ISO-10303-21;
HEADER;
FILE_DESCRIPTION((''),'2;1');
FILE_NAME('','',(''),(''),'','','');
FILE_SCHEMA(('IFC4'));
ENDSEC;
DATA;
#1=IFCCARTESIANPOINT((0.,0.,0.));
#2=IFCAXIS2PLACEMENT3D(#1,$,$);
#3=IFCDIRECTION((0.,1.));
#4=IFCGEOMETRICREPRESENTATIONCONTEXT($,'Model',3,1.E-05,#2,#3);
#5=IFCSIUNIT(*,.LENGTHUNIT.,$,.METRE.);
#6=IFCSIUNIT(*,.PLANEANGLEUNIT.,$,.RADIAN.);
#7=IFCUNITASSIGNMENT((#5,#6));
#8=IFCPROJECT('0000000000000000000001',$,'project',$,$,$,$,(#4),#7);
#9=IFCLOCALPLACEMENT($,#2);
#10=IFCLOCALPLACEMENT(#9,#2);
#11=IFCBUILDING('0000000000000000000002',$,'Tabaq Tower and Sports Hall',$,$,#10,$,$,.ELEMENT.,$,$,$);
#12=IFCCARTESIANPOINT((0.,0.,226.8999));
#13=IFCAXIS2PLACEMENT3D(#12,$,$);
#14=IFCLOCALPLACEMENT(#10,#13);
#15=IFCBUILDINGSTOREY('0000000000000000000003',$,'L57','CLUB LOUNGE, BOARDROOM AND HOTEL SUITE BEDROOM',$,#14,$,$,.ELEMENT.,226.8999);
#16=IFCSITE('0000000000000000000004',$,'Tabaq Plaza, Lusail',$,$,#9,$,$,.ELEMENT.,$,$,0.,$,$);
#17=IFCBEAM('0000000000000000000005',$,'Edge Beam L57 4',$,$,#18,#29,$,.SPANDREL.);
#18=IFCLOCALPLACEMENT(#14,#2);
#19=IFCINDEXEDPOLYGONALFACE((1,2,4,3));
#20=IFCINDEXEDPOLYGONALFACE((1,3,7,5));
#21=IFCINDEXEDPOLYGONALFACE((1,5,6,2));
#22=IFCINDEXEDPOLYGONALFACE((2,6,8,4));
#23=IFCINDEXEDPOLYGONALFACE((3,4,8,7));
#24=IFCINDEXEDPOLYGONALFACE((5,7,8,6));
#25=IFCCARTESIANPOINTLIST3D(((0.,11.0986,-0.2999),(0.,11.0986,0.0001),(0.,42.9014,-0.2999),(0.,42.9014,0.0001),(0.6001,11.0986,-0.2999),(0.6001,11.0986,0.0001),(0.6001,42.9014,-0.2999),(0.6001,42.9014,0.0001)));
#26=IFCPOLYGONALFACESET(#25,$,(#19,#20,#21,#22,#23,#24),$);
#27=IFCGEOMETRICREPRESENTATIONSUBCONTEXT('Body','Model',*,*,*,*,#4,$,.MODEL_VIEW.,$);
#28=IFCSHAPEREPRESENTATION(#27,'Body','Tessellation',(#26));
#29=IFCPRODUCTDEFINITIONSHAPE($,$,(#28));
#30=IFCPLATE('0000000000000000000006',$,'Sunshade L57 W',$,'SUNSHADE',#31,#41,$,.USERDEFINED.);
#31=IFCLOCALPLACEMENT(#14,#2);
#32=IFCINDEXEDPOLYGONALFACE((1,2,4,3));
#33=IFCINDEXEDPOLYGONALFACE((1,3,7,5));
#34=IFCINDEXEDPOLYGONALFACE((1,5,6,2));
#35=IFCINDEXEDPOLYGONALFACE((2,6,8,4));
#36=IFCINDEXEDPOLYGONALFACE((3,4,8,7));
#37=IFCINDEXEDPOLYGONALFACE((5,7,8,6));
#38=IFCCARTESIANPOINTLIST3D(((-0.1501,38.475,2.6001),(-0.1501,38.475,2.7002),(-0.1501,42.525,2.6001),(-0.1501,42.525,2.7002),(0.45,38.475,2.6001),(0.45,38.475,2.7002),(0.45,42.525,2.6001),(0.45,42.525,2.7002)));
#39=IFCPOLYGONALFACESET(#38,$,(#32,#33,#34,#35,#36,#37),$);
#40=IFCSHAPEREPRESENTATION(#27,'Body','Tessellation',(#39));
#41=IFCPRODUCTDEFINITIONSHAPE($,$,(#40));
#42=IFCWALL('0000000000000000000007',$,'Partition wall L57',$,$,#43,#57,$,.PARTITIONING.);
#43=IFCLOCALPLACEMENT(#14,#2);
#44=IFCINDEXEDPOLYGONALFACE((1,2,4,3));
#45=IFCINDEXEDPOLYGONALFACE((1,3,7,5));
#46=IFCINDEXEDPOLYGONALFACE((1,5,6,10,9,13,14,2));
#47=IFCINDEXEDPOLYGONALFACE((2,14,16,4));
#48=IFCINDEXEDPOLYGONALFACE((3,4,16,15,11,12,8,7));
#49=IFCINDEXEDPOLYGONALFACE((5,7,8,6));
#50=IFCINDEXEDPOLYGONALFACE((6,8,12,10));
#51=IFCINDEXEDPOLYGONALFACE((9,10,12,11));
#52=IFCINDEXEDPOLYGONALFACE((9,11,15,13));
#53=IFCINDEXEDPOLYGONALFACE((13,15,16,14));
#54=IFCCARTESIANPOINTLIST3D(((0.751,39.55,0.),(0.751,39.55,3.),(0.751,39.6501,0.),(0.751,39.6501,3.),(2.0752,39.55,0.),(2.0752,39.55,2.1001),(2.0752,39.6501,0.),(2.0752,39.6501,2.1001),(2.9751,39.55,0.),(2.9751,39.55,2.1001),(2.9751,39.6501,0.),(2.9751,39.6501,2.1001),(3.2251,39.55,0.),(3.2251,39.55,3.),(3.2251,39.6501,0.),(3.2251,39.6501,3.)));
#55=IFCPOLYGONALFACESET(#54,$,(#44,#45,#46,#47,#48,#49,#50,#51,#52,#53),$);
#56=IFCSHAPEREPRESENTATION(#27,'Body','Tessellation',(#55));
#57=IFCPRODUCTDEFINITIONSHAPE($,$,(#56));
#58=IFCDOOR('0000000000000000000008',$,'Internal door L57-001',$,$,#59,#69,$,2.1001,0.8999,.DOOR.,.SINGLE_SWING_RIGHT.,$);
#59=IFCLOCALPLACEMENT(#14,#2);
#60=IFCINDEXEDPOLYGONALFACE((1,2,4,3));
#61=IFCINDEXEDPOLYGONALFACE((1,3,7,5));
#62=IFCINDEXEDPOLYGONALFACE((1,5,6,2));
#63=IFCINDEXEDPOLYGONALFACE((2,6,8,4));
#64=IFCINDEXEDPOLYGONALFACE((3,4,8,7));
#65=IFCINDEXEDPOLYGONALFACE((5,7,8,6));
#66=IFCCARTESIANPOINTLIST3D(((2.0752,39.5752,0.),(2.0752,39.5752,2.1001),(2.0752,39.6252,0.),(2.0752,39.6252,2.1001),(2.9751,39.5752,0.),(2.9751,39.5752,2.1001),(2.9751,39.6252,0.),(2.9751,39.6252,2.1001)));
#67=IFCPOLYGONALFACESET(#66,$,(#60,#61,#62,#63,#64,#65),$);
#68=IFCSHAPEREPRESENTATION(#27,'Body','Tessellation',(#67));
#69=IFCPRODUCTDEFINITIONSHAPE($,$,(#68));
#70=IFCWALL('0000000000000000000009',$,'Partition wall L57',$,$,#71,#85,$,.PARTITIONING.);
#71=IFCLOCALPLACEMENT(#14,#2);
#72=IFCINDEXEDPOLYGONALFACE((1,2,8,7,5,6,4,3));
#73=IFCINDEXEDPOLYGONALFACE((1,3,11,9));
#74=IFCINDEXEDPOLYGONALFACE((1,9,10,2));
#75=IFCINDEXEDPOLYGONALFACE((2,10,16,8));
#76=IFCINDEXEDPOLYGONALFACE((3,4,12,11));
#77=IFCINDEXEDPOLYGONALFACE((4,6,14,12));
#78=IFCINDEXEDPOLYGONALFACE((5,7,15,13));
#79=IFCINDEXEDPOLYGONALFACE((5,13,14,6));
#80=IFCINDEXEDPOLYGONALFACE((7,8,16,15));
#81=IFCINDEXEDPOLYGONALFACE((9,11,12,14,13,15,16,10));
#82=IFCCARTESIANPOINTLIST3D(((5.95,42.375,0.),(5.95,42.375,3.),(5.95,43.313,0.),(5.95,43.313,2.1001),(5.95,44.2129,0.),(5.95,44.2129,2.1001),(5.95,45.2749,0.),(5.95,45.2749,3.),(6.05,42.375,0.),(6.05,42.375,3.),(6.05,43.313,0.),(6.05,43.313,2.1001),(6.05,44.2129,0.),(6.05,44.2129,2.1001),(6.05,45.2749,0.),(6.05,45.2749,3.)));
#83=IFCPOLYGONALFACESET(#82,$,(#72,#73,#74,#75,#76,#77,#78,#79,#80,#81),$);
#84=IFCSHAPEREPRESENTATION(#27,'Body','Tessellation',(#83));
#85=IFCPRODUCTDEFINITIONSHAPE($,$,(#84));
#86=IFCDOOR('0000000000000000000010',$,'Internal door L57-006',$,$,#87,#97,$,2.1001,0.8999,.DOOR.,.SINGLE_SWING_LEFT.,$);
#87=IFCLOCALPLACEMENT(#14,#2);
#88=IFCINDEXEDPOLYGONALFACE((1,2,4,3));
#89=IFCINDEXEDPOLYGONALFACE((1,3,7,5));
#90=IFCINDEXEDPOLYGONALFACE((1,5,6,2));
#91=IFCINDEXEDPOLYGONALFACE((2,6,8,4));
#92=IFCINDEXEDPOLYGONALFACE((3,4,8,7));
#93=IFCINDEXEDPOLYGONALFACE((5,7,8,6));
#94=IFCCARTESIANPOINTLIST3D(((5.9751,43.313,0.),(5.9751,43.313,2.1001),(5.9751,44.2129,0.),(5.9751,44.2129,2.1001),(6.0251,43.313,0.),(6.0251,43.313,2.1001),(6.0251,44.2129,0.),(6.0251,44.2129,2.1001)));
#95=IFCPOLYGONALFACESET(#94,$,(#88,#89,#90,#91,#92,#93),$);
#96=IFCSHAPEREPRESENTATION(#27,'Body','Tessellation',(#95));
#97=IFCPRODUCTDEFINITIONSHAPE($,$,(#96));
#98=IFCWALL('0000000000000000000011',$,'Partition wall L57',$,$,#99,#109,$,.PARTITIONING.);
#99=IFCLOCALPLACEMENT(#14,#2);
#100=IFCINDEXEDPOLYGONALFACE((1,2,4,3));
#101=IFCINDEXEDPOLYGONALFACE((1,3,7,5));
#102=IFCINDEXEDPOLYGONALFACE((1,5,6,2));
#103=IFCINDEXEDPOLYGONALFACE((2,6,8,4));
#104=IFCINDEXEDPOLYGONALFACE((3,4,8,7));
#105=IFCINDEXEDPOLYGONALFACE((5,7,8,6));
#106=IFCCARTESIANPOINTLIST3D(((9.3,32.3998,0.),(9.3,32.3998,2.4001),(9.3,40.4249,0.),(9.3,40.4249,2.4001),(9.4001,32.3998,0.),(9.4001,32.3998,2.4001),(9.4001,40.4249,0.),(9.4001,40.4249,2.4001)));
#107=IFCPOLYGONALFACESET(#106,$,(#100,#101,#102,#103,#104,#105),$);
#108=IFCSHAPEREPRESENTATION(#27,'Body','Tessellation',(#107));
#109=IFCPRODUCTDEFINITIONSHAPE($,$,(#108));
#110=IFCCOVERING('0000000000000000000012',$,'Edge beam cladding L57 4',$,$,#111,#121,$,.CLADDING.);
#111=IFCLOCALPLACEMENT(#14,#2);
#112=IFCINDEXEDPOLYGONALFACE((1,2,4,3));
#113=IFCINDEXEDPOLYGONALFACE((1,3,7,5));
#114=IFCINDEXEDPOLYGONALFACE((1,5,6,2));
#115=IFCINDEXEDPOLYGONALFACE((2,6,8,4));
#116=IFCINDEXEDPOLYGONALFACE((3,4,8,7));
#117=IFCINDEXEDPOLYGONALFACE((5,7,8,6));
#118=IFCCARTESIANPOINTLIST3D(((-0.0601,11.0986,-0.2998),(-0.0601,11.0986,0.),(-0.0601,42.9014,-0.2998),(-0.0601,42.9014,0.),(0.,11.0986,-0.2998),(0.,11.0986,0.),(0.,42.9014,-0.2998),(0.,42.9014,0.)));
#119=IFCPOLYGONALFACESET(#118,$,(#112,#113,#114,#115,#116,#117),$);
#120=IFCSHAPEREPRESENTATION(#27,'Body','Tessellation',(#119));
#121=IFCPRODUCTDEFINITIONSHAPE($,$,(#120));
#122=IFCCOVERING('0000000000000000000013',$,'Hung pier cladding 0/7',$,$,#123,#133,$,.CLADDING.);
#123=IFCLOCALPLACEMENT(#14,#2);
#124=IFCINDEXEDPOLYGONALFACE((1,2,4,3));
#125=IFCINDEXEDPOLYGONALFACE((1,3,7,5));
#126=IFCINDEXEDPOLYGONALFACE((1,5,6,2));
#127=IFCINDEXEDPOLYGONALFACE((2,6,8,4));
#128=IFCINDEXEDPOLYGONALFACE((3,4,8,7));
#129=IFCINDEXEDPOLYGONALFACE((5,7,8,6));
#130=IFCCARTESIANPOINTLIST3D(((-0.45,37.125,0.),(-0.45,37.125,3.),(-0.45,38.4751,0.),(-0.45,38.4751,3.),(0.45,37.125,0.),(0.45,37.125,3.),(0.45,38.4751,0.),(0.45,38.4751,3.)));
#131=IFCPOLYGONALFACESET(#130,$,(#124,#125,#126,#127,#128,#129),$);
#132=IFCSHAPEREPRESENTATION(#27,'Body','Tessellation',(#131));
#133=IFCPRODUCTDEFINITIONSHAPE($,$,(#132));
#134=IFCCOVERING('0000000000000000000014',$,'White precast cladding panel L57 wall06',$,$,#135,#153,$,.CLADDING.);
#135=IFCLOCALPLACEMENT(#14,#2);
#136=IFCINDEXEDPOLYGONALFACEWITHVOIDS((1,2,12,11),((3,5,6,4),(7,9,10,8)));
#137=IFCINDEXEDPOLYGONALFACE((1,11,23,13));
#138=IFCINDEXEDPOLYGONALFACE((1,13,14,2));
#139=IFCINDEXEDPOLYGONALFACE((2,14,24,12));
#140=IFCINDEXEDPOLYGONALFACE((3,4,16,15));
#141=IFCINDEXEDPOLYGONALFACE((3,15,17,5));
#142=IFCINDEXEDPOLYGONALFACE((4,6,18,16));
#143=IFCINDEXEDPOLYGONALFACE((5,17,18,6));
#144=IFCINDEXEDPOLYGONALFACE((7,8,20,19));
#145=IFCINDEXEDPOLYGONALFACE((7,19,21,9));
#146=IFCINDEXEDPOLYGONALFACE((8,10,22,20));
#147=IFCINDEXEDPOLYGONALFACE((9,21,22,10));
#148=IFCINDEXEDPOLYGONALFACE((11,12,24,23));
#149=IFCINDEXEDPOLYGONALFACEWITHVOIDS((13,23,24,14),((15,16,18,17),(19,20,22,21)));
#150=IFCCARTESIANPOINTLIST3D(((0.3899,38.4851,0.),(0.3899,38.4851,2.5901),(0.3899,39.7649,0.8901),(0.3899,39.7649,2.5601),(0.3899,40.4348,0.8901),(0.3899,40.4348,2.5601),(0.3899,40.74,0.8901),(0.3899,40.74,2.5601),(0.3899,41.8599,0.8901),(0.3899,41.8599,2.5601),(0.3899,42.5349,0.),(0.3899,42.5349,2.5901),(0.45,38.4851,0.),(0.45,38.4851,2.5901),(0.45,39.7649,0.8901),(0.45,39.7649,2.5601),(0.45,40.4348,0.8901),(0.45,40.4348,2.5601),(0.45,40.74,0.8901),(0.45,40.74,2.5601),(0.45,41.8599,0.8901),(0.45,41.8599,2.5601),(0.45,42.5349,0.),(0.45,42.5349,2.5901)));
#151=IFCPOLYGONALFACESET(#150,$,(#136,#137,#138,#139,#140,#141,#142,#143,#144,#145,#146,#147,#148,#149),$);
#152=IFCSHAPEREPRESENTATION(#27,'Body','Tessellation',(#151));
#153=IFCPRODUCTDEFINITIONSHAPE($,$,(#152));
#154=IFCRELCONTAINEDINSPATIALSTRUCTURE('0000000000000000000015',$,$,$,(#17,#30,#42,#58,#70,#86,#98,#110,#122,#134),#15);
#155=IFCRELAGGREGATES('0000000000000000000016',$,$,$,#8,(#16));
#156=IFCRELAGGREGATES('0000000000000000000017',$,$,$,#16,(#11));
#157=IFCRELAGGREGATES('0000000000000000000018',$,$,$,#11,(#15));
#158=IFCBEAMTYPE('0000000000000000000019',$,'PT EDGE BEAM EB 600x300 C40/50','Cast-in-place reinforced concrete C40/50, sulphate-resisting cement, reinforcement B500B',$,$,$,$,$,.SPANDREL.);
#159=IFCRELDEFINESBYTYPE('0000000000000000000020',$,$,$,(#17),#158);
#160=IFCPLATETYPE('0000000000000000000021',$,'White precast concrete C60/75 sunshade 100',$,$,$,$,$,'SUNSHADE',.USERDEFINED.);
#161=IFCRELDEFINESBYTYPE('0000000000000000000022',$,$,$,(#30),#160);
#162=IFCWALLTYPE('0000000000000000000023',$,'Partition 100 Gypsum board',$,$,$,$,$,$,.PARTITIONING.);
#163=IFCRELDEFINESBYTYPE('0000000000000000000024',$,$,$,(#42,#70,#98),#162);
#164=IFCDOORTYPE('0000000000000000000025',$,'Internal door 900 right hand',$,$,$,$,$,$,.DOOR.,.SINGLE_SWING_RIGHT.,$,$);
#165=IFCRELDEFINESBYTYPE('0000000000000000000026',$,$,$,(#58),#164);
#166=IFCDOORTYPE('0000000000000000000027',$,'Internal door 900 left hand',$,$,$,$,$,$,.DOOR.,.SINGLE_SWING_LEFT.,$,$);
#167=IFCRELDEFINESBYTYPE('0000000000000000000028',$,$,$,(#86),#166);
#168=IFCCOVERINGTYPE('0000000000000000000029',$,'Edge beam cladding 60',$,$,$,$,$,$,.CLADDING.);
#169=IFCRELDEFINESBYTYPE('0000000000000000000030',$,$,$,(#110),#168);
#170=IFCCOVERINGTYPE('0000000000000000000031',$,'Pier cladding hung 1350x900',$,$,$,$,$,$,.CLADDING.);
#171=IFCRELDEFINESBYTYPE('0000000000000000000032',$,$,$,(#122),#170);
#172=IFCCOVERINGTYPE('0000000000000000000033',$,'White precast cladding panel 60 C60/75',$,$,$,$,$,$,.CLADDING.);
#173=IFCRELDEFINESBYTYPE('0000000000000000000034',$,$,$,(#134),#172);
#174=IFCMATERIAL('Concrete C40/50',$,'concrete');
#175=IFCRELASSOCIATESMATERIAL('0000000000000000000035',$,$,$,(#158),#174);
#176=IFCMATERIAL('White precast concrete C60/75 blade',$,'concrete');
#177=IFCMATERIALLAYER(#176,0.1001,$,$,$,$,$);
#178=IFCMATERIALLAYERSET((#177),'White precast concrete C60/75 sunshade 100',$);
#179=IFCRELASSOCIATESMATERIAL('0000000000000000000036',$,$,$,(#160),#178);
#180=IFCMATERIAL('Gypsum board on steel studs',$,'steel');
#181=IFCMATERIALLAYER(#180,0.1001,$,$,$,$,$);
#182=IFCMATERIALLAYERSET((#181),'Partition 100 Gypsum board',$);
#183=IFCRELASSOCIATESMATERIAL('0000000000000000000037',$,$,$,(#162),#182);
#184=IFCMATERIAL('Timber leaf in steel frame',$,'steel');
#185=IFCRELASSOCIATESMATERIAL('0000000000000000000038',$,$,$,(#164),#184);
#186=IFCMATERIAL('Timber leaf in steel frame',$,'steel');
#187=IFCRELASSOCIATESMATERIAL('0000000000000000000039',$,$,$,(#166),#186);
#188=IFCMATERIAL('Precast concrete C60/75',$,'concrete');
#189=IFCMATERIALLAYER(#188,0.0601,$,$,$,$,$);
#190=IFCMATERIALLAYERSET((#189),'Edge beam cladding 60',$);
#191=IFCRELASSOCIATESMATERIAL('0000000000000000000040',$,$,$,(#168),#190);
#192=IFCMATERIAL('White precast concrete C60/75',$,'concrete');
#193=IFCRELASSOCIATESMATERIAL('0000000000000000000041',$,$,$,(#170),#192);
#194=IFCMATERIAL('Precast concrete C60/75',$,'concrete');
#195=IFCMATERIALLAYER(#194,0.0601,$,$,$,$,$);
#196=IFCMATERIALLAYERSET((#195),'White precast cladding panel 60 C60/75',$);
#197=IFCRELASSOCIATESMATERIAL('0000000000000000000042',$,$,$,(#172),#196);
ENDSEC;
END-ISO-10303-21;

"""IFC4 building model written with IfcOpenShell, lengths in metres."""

from ifc_helpers import new_model, si_unit, direction, frame, frame_2d, origin, origin_2d, place, context, subcontext, project, spatial, polyline, rectangle, outline, extrude, material, layer, layer_set, material_profile, profile_set, type_object, element, fill, save


model = new_model("IFC4")

# Units and contexts
model_context = context("Model", 3, precision=1e-05, world=origin(), true_north=direction((0.0, 1.0)))
body_context = subcontext(model_context, "Body", "Model", "MODEL_VIEW")
ifc_project = project(units=[si_unit("LENGTHUNIT", "METRE"), si_unit("PLANEANGLEUNIT", "RADIAN")], contexts=[model_context])

# Site, building, storey
site_placement = place(None, origin())
site = spatial("IfcSite", under=ifc_project, at=site_placement, Name="Tabaq Plaza, Lusail", CompositionType="ELEMENT", RefElevation=0.0)
building_placement = place(site_placement, origin())
building = spatial("IfcBuilding", under=site, at=building_placement, Name="Tabaq Tower and Sports Hall", CompositionType="ELEMENT")
storey_placement = place(building_placement, frame((0.0, 0.0, 226.8999)))
storey = spatial("IfcBuildingStorey", under=building, at=storey_placement, Name="L57", Description="CLUB LOUNGE, BOARDROOM AND HOTEL SUITE BEDROOM", CompositionType="ELEMENT", Elevation=226.8999)

# Beam
ifc_material_1 = material(Name="Concrete C40/50", Category="concrete")
ifc_material_profile = material_profile(ifc_material_1, rectangle(XDim=0.6001, YDim=0.3, at=origin_2d()), Name="EB 600x300")
ifc_profile_set = profile_set([ifc_material_profile], Name="Concrete C40/50")
beam_type = type_object("IfcBeamType", Name="PT EDGE BEAM EB 600x300 C40/50", Description="Cast-in-place reinforced concrete C40/50, sulphate-resisting cement, reinforcement B500B", PredefinedType="SPANDREL", material=ifc_profile_set)
beam_placement = place(storey_placement, frame((0.3, 42.9014, -0.1499), z_axis=(0.0, -1.0, 0.0), x_axis=(1.0, 0.0, 0.0)))
element("IfcBeam", 1, at=beam_placement, inside=storey, type_object=beam_type, Name="Edge Beam L57 4", PredefinedType="SPANDREL", context=body_context, shape_type="SweptSolid", body=[
    extrude(rectangle(XDim=0.6001, YDim=0.3, at=origin_2d()), origin(), (0.0, 0.0, 1.0), 31.8027),
])

# Plate
ifc_material_2 = material(Name="White precast concrete C60/75 blade", Category="concrete")
ifc_layer_1 = layer(ifc_material_2, 0.1001)
ifc_layer_set_1 = layer_set([ifc_layer_1], Name="White precast concrete C60/75 sunshade 100")
plate_type = type_object("IfcPlateType", Name="White precast concrete C60/75 sunshade 100", ElementType="SUNSHADE", PredefinedType="USERDEFINED", material=ifc_layer_set_1)
plate_placement = place(storey_placement, frame((0.1499, 40.5, 2.6001), z_axis=(0.0, 0.0, 1.0), x_axis=(0.0, -1.0, 0.0)))
element("IfcPlate", 2, at=plate_placement, inside=storey, type_object=plate_type, Name="Sunshade L57 W", ObjectType="SUNSHADE", PredefinedType="USERDEFINED", context=body_context, shape_type="SweptSolid", body=[
    extrude(rectangle(XDim=4.05, YDim=0.6001, at=origin_2d()), origin(), (0.0, 0.0, 1.0), 0.1001),
])

# Walls, openings, doors
ifc_material_3 = material(Name="Gypsum board on steel studs", Category="steel")
ifc_layer_2 = layer(ifc_material_3, 0.1001)
ifc_layer_set_2 = layer_set([ifc_layer_2], Name="Partition 100 Gypsum board")
wall_type_1 = type_object("IfcWallType", Name="Partition 100 Gypsum board", PredefinedType="PARTITIONING", material=ifc_layer_set_2)
wall_1_placement = place(storey_placement, frame((3.2251, 39.6001, 0.0), z_axis=(0.0, 0.0, 1.0), x_axis=(-1.0, 0.0, 0.0)))
wall_1 = element("IfcWall", 3, at=wall_1_placement, inside=storey, type_object=wall_type_1, Name="Partition wall L57", PredefinedType="PARTITIONING", context=body_context, shape_type="SweptSolid", body=[
    extrude(rectangle(XDim=2.4741, YDim=0.1001, at=frame_2d((1.2371, 0.0))), origin(), (0.0, 0.0, 1.0), 3.0),
])
opening_1_placement = place(wall_1_placement, frame((0.25, 0.0, 0.0)))
opening_1 = element("IfcOpeningElement", 4, at=opening_1_placement, cuts=wall_1, PredefinedType="OPENING", context=body_context, shape_type="SweptSolid", body=[
    extrude(rectangle(XDim=0.8999, YDim=2.1001, at=frame_2d((0.45, 1.05))), frame((0.0, 0.05, 0.0), z_axis=(0.0, -1.0, 0.0), x_axis=(1.0, 0.0, 0.0)), (0.0, 0.0, 1.0), 0.1001),
])
ifc_material_4 = material(Name="Timber leaf in steel frame", Category="steel")
door_type_1 = type_object("IfcDoorType", Name="Internal door 900 right hand", OperationType="SINGLE_SWING_RIGHT", PredefinedType="DOOR", material=ifc_material_4)
door_1_placement = place(opening_1_placement, origin())
door_1 = element("IfcDoor", 5, at=door_1_placement, inside=storey, type_object=door_type_1, Name="Internal door L57-001", OperationType="SINGLE_SWING_RIGHT", OverallHeight=2.1001, OverallWidth=0.8999, PredefinedType="DOOR", context=body_context, shape_type="SweptSolid", body=[
    extrude(rectangle(XDim=0.8999, YDim=2.1001, at=frame_2d((0.45, 1.05))), frame((0.0, 0.0249, 0.0), z_axis=(0.0, -1.0, 0.0), x_axis=(1.0, 0.0, 0.0)), (0.0, 0.0, 1.0), 0.05),
])
fill(opening_1, door_1)
wall_2_placement = place(storey_placement, frame((6.0, 42.375, 0.0), z_axis=(0.0, 0.0, 1.0), x_axis=(0.0, 1.0, 0.0)))
wall_2 = element("IfcWall", 6, at=wall_2_placement, inside=storey, type_object=wall_type_1, Name="Partition wall L57", PredefinedType="PARTITIONING", context=body_context, shape_type="SweptSolid", body=[
    extrude(rectangle(XDim=2.8999, YDim=0.1001, at=frame_2d((1.45, 0.0))), origin(), (0.0, 0.0, 1.0), 3.0),
])
opening_2_placement = place(wall_2_placement, frame((0.938, 0.0, 0.0)))
opening_2 = element("IfcOpeningElement", 7, at=opening_2_placement, cuts=wall_2, PredefinedType="OPENING", context=body_context, shape_type="SweptSolid", body=[
    extrude(rectangle(XDim=0.8999, YDim=2.1001, at=frame_2d((0.45, 1.05))), frame((0.0, 0.05, 0.0), z_axis=(0.0, -1.0, 0.0), x_axis=(1.0, 0.0, 0.0)), (0.0, 0.0, 1.0), 0.1001),
])
ifc_material_5 = material(Name="Timber leaf in steel frame", Category="steel")
door_type_2 = type_object("IfcDoorType", Name="Internal door 900 left hand", OperationType="SINGLE_SWING_LEFT", PredefinedType="DOOR", material=ifc_material_5)
door_2_placement = place(opening_2_placement, origin())
door_2 = element("IfcDoor", 8, at=door_2_placement, inside=storey, type_object=door_type_2, Name="Internal door L57-006", OperationType="SINGLE_SWING_LEFT", OverallHeight=2.1001, OverallWidth=0.8999, PredefinedType="DOOR", context=body_context, shape_type="SweptSolid", body=[
    extrude(rectangle(XDim=0.8999, YDim=2.1001, at=frame_2d((0.45, 1.05))), frame((0.0, 0.0249, 0.0), z_axis=(0.0, -1.0, 0.0), x_axis=(1.0, 0.0, 0.0)), (0.0, 0.0, 1.0), 0.05),
])
fill(opening_2, door_2)

# Wall
wall_3_placement = place(storey_placement, frame((9.3501, 40.425, 0.0), z_axis=(0.0, 0.0, 1.0), x_axis=(0.0, -1.0, 0.0)))
element("IfcWall", 9, at=wall_3_placement, inside=storey, type_object=wall_type_1, Name="Partition wall L57", PredefinedType="PARTITIONING", context=body_context, shape_type="SweptSolid", body=[
    extrude(rectangle(XDim=8.0251, YDim=0.1001, at=frame_2d((4.0127, 0.0))), origin(), (0.0, 0.0, 1.0), 2.4001),
])

# Coverings
ifc_material_6 = material(Name="Precast concrete C60/75", Category="concrete")
ifc_layer_3 = layer(ifc_material_6, 0.0601)
ifc_layer_set_3 = layer_set([ifc_layer_3], Name="Edge beam cladding 60")
covering_type_1 = type_object("IfcCoveringType", Name="Edge beam cladding 60", PredefinedType="CLADDING", material=ifc_layer_set_3)
covering_1_placement = place(storey_placement, frame((-0.03, 42.9014, -0.2998), z_axis=(0.0, 0.0, 1.0), x_axis=(0.0, -1.0, 0.0)))
element("IfcCovering", 10, at=covering_1_placement, inside=storey, type_object=covering_type_1, Name="Edge beam cladding L57 4", PredefinedType="CLADDING", context=body_context, shape_type="SweptSolid", body=[
    extrude(rectangle(XDim=31.8027, YDim=0.0601, at=frame_2d((15.9014, 0.0))), origin(), (0.0, 0.0, 1.0), 0.2998),
])
ifc_material_7 = material(Name="White precast concrete C60/75", Category="concrete")
covering_type_2 = type_object("IfcCoveringType", Name="Pier cladding hung 1350x900", PredefinedType="CLADDING", material=ifc_material_7)
covering_2_placement = place(storey_placement, frame((0.0, 38.4751, 0.0), z_axis=(0.0, 0.0, 1.0), x_axis=(0.0, -1.0, 0.0)))
element("IfcCovering", 11, at=covering_2_placement, inside=storey, type_object=covering_type_2, Name="Hung pier cladding 0/7", PredefinedType="CLADDING", context=body_context, shape_type="SweptSolid", body=[
    extrude(rectangle(XDim=1.3501, YDim=0.8999, at=frame_2d((0.675, 0.0))), origin(), (0.0, 0.0, 1.0), 3.0),
])
ifc_material_8 = material(Name="Precast concrete C60/75", Category="concrete")
ifc_layer_4 = layer(ifc_material_8, 0.0601)
ifc_layer_set_4 = layer_set([ifc_layer_4], Name="White precast cladding panel 60 C60/75")
covering_type_3 = type_object("IfcCoveringType", Name="White precast cladding panel 60 C60/75", PredefinedType="CLADDING", material=ifc_layer_set_4)
covering_3_placement = place(storey_placement, frame((0.4199, 42.5349, 0.0), z_axis=(0.0, 0.0, 1.0), x_axis=(0.0, -1.0, 0.0)))
element("IfcCovering", 12, at=covering_3_placement, inside=storey, type_object=covering_type_3, Name="White precast cladding panel L57 wall06", PredefinedType="CLADDING", context=body_context, shape_type="SweptSolid", body=[
    extrude(outline(polyline([(0.0, 0.0), (4.0498, 0.0), (4.0498, 2.5901), (0.0, 2.5901), (0.0, 0.0)]), holes=[polyline([(0.675, 0.8901), (0.675, 2.5601), (1.7949, 2.5601), (1.7949, 0.8901), (0.675, 0.8901)]), polyline([(2.1001, 0.8901), (2.1001, 2.5601), (2.77, 2.5601), (2.77, 0.8901), (2.1001, 0.8901)])]), frame((0.0, 0.03, 0.0), z_axis=(0.0, -1.0, 0.0), x_axis=(1.0, 0.0, 0.0)), (0.0, 0.0, 1.0), 0.0601),
])

save(model, "model.ifc")
